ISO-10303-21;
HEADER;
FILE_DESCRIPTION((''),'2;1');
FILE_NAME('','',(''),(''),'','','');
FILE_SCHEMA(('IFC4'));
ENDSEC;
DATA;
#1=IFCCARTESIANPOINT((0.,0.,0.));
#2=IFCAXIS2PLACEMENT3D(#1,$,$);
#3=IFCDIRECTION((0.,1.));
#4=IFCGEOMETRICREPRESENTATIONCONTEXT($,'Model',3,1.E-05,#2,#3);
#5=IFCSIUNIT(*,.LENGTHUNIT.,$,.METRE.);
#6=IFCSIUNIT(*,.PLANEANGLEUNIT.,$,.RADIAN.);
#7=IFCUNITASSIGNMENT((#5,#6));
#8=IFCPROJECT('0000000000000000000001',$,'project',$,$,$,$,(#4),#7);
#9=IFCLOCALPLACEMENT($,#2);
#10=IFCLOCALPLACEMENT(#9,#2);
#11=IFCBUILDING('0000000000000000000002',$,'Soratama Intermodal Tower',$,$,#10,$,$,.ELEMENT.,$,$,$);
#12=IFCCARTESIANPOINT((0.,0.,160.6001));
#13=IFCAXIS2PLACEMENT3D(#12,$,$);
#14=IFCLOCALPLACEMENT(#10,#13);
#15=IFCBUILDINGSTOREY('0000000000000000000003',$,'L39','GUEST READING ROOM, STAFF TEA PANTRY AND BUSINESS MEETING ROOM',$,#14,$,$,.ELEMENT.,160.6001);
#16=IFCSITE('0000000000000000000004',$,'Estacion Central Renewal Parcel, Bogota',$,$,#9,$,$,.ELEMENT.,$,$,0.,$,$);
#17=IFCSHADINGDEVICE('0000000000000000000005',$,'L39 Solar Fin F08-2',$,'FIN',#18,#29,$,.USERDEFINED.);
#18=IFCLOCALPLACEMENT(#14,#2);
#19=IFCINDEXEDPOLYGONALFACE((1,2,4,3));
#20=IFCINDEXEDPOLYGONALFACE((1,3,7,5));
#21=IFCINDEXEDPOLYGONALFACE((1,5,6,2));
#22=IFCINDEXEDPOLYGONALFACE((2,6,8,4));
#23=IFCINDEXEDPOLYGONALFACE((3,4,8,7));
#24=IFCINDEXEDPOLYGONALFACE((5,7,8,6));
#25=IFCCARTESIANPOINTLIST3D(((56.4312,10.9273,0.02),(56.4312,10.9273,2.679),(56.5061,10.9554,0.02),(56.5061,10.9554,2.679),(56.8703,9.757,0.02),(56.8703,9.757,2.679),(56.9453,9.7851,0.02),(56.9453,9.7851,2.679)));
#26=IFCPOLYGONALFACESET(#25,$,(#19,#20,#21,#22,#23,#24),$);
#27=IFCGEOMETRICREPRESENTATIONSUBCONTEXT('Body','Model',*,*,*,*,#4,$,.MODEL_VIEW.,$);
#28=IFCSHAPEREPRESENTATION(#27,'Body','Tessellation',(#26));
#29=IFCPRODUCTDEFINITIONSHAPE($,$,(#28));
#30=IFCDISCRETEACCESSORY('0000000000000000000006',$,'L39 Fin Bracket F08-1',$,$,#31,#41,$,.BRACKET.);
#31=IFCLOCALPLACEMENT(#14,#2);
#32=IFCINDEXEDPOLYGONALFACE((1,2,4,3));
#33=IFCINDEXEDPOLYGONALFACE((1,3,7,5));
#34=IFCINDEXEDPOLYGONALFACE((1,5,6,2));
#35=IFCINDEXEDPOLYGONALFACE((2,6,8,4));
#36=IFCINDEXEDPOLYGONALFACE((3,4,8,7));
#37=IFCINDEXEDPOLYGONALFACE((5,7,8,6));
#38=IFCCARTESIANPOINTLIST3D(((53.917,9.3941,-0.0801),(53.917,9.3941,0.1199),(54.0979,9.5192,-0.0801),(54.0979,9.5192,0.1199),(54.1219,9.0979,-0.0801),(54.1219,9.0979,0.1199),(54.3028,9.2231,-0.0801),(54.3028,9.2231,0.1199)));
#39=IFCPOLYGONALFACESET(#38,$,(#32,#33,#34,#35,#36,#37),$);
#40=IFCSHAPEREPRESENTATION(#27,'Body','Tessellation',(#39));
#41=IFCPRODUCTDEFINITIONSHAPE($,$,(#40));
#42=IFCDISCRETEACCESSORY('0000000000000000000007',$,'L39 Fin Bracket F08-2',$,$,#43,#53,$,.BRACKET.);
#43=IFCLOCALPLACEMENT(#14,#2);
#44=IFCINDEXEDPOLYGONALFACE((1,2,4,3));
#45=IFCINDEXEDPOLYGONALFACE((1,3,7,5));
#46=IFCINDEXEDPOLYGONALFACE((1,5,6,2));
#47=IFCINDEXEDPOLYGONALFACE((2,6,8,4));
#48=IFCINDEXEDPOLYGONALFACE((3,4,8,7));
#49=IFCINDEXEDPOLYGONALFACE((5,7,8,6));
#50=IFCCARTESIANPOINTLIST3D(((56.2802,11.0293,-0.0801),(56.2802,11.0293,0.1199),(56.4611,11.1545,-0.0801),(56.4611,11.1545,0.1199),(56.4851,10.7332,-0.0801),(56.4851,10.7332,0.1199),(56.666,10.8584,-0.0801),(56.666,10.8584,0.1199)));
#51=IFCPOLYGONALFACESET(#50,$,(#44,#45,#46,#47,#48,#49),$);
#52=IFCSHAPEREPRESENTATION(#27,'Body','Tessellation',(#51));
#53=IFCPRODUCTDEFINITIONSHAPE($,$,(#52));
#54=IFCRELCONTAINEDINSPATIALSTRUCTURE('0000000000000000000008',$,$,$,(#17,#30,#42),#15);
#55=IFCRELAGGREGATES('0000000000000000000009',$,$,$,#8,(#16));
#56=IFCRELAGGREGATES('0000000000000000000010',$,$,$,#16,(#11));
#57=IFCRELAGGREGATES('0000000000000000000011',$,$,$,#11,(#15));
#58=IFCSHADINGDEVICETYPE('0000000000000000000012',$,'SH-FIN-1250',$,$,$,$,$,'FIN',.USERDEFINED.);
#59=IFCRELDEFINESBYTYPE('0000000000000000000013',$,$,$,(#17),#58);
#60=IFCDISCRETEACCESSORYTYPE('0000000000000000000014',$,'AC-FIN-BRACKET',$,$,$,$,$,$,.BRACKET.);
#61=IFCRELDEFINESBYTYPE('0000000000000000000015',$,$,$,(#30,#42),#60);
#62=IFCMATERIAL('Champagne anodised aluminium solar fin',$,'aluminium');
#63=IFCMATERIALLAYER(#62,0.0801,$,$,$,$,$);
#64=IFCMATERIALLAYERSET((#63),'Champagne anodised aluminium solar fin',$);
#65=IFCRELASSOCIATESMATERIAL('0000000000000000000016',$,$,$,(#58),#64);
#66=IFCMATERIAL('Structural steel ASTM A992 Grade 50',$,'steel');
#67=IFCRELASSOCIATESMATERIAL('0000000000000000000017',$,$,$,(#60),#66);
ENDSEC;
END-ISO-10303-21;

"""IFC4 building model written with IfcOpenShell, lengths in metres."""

from ifc_helpers import new_model, si_unit, direction, frame, origin, origin_2d, place, context, subcontext, project, spatial, rectangle, extrude, material, layer, layer_set, type_object, element, save


model = new_model("IFC4")

# Units and contexts
model_context = context("Model", 3, precision=1e-05, world=origin(), true_north=direction((0.0, 1.0)))
body_context = subcontext(model_context, "Body", "Model", "MODEL_VIEW")
ifc_project = project(units=[si_unit("LENGTHUNIT", "METRE"), si_unit("PLANEANGLEUNIT", "RADIAN")], contexts=[model_context])

# Site, building, storey
site_placement = place(None, origin())
site = spatial("IfcSite", under=ifc_project, at=site_placement, Name="Estacion Central Renewal Parcel, Bogota", CompositionType="ELEMENT", RefElevation=0.0)
building_placement = place(site_placement, origin())
building = spatial("IfcBuilding", under=site, at=building_placement, Name="Soratama Intermodal Tower", CompositionType="ELEMENT")
storey_placement = place(building_placement, frame((0.0, 0.0, 160.6001)))
storey = spatial("IfcBuildingStorey", under=building, at=storey_placement, Name="L39", Description="GUEST READING ROOM, STAFF TEA PANTRY AND BUSINESS MEETING ROOM", CompositionType="ELEMENT", Elevation=160.6001)

# Shading device
ifc_material_1 = material(Name="Champagne anodised aluminium solar fin", Category="aluminium")
ifc_layer_1 = layer(ifc_material_1, 0.0801)
ifc_layer_set_1 = layer_set([ifc_layer_1], Name="Champagne anodised aluminium solar fin")
shading_device_type = type_object("IfcShadingDeviceType", Name="SH-FIN-1250", ElementType="FIN", PredefinedType="USERDEFINED", material=ifc_layer_set_1)
for number, where, z_axis, x_axis, name in (
    (1, (56.6882, 10.3562, 0.02), (0.0, 0.0, 1.0), (0.351351, -0.936244, 0.0), "L39 Solar Fin F08-2"),
):
    element("IfcShadingDevice", number, at=place(storey_placement, frame(where, z_axis=z_axis, x_axis=x_axis)), inside=storey, type_object=shading_device_type, Name=name, ObjectType="FIN", PredefinedType="USERDEFINED", context=body_context, shape_type="SweptSolid", body=[
        extrude(rectangle(XDim=1.25, YDim=0.0801, at=origin_2d()), origin(), (0.0, 0.0, 1.0), 2.6589),
    ])

# Discrete accessories
ifc_material_2 = material(Name="Structural steel ASTM A992 Grade 50", Category="steel")
discrete_accessory_type = type_object("IfcDiscreteAccessoryType", Name="AC-FIN-BRACKET", PredefinedType="BRACKET", material=ifc_material_2)
for number, where, z_axis, x_axis, name in (
    (2, (54.1099, 9.3086, -0.0801), (0.0, 0.0, 1.0), (0.568993, -0.822343, 0.0), "L39 Fin Bracket F08-1"),
    (3, (56.4731, 10.9438, -0.0801), (0.0, 0.0, 1.0), (0.568993, -0.822343, 0.0), "L39 Fin Bracket F08-2"),
):
    element("IfcDiscreteAccessory", number, at=place(storey_placement, frame(where, z_axis=z_axis, x_axis=x_axis)), inside=storey, type_object=discrete_accessory_type, Name=name, PredefinedType="BRACKET", context=body_context, shape_type="SweptSolid", body=[
        extrude(rectangle(XDim=0.3601, YDim=0.22, at=origin_2d()), origin(), (0.0, 0.0, 1.0), 0.2),
    ])

save(model, "model.ifc")
